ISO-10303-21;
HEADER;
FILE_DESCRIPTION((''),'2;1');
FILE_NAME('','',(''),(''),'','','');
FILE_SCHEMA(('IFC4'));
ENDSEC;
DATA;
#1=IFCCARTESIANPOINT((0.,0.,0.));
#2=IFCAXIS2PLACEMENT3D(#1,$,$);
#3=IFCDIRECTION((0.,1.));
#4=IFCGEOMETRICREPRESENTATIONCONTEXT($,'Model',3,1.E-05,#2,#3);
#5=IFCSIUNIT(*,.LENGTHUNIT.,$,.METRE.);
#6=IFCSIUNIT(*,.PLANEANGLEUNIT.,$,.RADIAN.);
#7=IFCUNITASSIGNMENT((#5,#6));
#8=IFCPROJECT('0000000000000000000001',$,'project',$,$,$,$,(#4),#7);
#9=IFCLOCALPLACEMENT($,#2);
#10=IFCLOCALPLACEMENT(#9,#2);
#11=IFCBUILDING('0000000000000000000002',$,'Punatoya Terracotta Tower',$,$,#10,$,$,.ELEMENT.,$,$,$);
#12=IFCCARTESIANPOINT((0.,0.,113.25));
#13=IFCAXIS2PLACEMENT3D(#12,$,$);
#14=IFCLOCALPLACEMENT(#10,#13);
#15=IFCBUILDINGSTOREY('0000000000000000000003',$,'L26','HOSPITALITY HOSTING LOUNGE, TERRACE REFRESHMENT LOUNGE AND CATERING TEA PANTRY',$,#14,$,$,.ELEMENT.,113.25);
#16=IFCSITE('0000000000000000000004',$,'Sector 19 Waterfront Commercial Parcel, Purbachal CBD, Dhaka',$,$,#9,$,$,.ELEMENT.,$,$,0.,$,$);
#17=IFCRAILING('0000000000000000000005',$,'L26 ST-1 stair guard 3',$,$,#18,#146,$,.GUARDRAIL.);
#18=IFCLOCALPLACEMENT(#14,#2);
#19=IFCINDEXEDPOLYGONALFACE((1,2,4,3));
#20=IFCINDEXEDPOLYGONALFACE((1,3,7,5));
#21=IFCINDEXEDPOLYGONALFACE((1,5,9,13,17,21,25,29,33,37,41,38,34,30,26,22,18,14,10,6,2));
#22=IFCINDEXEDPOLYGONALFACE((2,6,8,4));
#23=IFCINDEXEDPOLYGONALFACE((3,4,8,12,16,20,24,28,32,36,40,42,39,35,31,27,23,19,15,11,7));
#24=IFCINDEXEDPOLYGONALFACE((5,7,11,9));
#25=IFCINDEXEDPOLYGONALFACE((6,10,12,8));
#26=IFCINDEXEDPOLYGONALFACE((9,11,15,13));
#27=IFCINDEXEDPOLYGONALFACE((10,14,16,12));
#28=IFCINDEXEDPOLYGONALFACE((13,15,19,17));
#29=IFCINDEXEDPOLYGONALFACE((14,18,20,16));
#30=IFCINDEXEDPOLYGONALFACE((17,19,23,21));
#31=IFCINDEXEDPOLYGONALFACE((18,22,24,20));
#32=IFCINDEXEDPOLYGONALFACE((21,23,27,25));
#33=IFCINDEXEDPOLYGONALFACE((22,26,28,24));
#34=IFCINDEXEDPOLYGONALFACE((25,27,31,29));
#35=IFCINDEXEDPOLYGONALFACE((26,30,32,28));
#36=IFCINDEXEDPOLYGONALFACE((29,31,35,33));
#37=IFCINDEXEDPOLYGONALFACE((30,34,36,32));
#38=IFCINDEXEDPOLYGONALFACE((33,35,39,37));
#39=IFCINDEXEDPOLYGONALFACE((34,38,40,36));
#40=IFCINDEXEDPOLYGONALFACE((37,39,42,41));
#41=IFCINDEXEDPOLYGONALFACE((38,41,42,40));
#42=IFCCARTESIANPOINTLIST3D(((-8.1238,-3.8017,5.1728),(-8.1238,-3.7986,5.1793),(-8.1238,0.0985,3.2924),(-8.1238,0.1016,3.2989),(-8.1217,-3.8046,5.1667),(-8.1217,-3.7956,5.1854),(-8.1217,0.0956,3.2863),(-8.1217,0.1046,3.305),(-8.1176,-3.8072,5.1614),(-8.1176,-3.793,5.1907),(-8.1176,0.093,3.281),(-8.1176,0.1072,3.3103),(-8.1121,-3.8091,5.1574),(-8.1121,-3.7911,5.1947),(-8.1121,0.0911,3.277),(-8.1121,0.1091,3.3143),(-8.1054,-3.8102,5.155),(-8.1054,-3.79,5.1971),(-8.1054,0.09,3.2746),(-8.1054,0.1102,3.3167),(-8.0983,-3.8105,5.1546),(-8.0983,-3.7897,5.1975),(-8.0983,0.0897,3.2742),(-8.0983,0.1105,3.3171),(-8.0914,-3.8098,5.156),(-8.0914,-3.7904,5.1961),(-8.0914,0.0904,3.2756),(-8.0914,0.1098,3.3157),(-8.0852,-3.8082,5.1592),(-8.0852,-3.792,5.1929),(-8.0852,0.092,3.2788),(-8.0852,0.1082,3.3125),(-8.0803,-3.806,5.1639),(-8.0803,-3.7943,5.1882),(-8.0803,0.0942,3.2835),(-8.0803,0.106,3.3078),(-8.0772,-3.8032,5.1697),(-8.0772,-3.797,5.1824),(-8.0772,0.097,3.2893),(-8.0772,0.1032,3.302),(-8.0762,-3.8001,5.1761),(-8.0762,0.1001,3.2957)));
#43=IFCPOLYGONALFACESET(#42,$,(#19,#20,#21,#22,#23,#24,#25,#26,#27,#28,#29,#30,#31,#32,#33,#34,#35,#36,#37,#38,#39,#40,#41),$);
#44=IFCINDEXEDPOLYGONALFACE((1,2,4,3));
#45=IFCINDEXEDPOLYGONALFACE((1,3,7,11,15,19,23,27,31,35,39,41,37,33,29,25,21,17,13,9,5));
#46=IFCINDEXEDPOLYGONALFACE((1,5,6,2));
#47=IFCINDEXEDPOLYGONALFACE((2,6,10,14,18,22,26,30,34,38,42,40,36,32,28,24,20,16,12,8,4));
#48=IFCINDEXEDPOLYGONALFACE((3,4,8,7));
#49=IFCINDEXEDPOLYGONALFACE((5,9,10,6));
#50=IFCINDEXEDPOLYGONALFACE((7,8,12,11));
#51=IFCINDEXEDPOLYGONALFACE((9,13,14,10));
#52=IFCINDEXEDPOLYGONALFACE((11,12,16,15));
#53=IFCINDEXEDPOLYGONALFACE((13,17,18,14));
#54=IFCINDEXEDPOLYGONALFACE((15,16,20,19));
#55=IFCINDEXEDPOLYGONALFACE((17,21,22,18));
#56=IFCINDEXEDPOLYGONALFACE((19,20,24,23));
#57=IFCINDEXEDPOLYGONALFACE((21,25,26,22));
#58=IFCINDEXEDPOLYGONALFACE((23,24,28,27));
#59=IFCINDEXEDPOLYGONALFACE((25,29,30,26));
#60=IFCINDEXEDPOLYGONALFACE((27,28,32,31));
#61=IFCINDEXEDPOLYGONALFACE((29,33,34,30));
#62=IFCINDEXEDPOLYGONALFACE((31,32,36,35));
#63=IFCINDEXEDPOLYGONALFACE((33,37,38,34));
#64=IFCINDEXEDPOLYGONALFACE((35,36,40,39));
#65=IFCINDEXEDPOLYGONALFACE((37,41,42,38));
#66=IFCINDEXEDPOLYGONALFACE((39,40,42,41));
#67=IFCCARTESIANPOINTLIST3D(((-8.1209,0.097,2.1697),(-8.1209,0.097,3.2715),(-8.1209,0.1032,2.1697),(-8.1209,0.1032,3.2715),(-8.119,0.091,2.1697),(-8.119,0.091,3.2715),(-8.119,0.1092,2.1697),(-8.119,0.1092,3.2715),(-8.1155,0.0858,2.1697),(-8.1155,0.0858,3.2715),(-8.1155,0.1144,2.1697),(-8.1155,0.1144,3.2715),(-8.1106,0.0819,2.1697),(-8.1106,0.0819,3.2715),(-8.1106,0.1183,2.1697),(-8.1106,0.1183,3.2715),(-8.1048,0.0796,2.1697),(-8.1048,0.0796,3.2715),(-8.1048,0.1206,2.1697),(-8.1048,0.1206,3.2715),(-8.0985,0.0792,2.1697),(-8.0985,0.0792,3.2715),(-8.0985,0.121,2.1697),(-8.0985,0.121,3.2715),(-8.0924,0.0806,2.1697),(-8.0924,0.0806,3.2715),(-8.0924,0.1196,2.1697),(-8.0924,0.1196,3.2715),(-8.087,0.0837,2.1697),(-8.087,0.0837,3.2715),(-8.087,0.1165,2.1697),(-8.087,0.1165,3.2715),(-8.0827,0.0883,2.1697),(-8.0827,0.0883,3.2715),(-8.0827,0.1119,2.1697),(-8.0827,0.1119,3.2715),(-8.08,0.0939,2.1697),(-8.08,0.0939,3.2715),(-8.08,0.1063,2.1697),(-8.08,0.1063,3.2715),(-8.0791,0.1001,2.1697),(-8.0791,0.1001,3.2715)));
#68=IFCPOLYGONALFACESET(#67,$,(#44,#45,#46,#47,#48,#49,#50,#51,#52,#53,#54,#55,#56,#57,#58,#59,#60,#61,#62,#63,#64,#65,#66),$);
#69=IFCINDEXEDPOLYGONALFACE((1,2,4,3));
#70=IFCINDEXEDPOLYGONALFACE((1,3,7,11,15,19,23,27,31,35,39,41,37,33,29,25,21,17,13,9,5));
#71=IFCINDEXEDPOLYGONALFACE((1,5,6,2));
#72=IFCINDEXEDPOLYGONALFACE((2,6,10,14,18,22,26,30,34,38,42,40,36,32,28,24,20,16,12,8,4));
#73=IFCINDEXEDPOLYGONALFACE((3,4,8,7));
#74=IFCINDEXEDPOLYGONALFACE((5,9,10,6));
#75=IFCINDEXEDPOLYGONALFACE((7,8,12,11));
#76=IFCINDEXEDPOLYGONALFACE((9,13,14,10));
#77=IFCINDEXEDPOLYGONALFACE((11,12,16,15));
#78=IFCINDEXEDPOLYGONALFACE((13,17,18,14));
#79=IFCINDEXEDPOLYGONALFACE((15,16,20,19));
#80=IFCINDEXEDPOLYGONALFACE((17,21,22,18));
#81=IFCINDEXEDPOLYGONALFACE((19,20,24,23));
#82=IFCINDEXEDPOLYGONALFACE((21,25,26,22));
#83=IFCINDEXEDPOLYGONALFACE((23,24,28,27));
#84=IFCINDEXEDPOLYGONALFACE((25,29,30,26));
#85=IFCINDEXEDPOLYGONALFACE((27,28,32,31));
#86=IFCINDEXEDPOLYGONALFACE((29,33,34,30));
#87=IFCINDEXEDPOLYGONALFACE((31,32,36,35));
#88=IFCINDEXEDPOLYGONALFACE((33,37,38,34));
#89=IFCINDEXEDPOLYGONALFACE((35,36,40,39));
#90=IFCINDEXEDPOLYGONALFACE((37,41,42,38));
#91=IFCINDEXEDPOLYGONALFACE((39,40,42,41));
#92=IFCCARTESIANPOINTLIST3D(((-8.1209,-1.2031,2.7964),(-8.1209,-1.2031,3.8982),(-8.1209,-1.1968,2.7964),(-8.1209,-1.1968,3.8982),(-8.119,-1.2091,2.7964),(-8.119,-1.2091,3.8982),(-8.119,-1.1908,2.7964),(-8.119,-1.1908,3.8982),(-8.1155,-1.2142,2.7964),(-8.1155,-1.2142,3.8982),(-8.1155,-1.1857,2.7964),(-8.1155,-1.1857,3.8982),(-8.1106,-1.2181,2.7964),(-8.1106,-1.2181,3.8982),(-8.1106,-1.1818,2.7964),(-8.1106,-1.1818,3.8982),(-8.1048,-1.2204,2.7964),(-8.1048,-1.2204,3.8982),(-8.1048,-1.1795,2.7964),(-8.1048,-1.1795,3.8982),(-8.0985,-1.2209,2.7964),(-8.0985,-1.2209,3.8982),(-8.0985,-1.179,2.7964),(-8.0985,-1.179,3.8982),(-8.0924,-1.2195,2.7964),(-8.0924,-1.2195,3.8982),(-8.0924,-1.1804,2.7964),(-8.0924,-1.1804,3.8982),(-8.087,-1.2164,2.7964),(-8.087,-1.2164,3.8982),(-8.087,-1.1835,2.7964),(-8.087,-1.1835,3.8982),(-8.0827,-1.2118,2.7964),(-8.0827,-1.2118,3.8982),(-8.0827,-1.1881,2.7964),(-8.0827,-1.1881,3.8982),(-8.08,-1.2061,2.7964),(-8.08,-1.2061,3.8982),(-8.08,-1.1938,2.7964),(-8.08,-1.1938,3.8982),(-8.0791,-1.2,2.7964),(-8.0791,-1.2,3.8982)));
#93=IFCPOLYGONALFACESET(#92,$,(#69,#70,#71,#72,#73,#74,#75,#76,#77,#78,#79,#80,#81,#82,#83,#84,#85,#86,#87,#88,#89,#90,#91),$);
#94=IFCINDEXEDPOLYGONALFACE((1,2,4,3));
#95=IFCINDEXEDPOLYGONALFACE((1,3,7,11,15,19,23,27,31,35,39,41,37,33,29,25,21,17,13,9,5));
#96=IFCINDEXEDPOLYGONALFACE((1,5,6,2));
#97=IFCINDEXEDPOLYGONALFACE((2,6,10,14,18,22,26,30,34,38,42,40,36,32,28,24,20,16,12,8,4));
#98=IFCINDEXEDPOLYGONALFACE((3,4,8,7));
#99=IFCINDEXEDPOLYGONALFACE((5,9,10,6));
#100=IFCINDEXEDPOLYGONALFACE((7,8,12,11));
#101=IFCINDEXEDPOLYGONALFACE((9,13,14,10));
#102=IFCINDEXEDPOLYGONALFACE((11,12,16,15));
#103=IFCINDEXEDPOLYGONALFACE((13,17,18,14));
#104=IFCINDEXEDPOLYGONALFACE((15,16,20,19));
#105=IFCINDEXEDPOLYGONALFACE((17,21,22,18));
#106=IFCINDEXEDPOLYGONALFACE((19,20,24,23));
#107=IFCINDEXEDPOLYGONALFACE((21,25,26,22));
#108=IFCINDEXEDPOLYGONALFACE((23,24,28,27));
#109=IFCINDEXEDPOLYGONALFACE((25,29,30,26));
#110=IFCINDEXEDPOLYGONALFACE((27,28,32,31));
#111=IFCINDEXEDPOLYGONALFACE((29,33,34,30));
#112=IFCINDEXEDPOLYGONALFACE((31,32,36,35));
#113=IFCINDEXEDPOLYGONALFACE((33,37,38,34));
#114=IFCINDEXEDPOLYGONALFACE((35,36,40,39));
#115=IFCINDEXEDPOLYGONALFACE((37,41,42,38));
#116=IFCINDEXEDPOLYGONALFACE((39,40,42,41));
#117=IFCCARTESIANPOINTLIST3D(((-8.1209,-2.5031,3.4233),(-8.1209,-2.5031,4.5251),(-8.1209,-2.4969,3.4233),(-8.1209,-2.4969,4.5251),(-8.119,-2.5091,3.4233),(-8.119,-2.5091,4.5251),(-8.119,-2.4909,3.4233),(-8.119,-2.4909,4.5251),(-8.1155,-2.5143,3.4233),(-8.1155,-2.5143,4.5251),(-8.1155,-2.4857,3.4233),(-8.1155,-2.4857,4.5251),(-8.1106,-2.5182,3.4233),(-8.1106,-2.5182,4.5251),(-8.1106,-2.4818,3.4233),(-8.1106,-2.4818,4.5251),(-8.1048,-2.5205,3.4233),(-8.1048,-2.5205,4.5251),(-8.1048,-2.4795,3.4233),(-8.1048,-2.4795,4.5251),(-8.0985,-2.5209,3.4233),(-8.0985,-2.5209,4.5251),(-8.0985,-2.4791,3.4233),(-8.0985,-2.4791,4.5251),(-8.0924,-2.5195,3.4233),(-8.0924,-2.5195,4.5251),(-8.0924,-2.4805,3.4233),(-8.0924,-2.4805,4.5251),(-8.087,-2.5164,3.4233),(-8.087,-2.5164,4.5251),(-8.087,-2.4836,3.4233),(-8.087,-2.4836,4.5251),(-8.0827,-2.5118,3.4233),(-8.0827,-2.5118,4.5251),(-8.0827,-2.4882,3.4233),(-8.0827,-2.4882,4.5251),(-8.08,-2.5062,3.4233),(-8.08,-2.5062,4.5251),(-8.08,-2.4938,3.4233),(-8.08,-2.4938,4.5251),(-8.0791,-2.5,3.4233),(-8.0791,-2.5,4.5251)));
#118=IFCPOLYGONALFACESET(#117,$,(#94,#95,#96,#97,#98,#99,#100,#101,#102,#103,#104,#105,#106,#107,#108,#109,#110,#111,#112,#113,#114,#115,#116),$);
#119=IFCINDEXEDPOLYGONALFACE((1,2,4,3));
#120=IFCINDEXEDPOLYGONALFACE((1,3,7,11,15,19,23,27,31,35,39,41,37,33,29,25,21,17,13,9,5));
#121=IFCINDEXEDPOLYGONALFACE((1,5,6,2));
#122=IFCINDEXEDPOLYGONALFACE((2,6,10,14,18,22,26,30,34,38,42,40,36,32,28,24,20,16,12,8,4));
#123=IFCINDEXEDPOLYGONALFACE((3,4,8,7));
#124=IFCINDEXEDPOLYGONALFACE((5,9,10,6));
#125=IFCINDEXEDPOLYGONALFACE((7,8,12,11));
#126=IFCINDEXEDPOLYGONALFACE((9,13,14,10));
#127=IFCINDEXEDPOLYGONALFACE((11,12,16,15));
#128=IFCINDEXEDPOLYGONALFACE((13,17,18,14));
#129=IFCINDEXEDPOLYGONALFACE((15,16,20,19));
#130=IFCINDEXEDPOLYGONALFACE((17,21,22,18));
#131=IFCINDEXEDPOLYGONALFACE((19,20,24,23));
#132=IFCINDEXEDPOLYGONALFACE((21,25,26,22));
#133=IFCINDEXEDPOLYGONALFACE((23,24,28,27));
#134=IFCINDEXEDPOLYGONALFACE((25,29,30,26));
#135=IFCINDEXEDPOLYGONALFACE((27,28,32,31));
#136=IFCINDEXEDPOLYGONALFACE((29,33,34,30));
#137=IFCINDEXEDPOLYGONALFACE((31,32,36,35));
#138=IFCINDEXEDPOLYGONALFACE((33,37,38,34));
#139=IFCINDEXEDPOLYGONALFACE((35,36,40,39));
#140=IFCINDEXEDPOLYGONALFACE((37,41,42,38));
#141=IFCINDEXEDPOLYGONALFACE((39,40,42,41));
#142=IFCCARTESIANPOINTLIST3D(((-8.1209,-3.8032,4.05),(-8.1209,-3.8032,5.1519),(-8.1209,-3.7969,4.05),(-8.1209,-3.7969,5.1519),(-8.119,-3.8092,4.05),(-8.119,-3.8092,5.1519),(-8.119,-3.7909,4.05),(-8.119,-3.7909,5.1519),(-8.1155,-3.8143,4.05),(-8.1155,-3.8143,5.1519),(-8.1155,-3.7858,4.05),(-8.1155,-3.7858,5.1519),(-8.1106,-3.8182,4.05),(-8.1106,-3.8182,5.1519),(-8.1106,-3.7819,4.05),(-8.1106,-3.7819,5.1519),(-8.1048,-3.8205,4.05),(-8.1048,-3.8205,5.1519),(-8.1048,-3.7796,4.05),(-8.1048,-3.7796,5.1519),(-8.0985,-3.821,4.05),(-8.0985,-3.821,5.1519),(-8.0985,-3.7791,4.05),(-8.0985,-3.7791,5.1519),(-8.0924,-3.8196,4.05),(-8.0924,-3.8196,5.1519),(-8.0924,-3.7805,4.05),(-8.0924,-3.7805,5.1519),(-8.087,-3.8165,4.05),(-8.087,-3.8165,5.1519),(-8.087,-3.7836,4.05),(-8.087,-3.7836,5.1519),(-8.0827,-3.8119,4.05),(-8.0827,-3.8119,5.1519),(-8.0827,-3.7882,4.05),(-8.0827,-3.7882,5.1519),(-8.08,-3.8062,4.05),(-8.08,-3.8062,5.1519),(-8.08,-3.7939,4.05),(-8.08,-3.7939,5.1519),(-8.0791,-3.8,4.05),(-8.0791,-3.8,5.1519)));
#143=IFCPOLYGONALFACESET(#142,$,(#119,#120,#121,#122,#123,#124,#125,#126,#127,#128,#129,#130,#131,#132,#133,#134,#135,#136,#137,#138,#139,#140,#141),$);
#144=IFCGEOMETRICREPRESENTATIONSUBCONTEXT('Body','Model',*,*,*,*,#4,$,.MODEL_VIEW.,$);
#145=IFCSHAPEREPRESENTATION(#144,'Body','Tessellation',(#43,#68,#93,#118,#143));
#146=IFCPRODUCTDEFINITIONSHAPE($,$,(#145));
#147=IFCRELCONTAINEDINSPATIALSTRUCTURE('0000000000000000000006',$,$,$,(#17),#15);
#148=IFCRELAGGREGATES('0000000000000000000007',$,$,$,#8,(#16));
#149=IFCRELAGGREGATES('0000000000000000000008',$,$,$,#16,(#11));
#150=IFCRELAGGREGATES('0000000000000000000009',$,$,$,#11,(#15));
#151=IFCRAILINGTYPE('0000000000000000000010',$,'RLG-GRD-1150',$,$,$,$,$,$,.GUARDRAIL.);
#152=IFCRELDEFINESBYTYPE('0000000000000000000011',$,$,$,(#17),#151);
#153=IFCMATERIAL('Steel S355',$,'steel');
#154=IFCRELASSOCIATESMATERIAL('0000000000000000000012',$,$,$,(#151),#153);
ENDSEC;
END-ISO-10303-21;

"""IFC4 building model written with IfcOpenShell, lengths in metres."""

from ifc_helpers import new_model, si_unit, direction, frame, origin, origin_2d, place, context, subcontext, project, spatial, circle, extrude, material, type_object, element, save


model = new_model("IFC4")

# Units and contexts
model_context = context("Model", 3, precision=1e-05, world=origin(), true_north=direction((0.0, 1.0)))
body_context = subcontext(model_context, "Body", "Model", "MODEL_VIEW")
ifc_project = project(units=[si_unit("LENGTHUNIT", "METRE"), si_unit("PLANEANGLEUNIT", "RADIAN")], contexts=[model_context])

# Site, building, storey
site_placement = place(None, origin())
site = spatial("IfcSite", under=ifc_project, at=site_placement, Name="Sector 19 Waterfront Commercial Parcel, Purbachal CBD, Dhaka", CompositionType="ELEMENT", RefElevation=0.0)
building_placement = place(site_placement, origin())
building = spatial("IfcBuilding", under=site, at=building_placement, Name="Punatoya Terracotta Tower", CompositionType="ELEMENT")
storey_placement = place(building_placement, frame((0.0, 0.0, 113.25)))
storey = spatial("IfcBuildingStorey", under=building, at=storey_placement, Name="L26", Description="HOSPITALITY HOSTING LOUNGE, TERRACE REFRESHMENT LOUNGE AND CATERING TEA PANTRY", CompositionType="ELEMENT", Elevation=113.25)

# Shared definitions
ifc_material_1 = material(Name="Steel S355", Category="steel")

# Railing
railing_type_1 = type_object("IfcRailingType", Name="RLG-GRD-1150", PredefinedType="GUARDRAIL", material=ifc_material_1)
railing_1_placement = place(storey_placement, frame((-8.1001, 0.1001, 2.1697)))
element("IfcRailing", 1, at=railing_1_placement, inside=storey, type_object=railing_type_1, Name="L26 ST-1 stair guard 3", PredefinedType="GUARDRAIL", context=body_context, shape_type="SweptSolid", body=[
    extrude(circle(Radius=0.0239, at=origin_2d()), frame((0.0, 0.0, 1.126), z_axis=(0.0, -0.900774, 0.434289), x_axis=(1.0, 0.0, 0.0)), (0.0, 0.0, 1.0), 4.3298),
    extrude(circle(Radius=0.021, at=origin_2d()), origin(), (0.0, 0.0, 1.0), 1.1018),
    extrude(circle(Radius=0.021, at=origin_2d()), frame((0.0, -1.3, 0.6267)), (0.0, 0.0, 1.0), 1.1018),
    extrude(circle(Radius=0.021, at=origin_2d()), frame((0.0, -2.6001, 1.2537)), (0.0, 0.0, 1.0), 1.1018),
    extrude(circle(Radius=0.021, at=origin_2d()), frame((0.0, -3.9001, 1.8804)), (0.0, 0.0, 1.0), 1.1018),
])

save(model, "model.ifc")
